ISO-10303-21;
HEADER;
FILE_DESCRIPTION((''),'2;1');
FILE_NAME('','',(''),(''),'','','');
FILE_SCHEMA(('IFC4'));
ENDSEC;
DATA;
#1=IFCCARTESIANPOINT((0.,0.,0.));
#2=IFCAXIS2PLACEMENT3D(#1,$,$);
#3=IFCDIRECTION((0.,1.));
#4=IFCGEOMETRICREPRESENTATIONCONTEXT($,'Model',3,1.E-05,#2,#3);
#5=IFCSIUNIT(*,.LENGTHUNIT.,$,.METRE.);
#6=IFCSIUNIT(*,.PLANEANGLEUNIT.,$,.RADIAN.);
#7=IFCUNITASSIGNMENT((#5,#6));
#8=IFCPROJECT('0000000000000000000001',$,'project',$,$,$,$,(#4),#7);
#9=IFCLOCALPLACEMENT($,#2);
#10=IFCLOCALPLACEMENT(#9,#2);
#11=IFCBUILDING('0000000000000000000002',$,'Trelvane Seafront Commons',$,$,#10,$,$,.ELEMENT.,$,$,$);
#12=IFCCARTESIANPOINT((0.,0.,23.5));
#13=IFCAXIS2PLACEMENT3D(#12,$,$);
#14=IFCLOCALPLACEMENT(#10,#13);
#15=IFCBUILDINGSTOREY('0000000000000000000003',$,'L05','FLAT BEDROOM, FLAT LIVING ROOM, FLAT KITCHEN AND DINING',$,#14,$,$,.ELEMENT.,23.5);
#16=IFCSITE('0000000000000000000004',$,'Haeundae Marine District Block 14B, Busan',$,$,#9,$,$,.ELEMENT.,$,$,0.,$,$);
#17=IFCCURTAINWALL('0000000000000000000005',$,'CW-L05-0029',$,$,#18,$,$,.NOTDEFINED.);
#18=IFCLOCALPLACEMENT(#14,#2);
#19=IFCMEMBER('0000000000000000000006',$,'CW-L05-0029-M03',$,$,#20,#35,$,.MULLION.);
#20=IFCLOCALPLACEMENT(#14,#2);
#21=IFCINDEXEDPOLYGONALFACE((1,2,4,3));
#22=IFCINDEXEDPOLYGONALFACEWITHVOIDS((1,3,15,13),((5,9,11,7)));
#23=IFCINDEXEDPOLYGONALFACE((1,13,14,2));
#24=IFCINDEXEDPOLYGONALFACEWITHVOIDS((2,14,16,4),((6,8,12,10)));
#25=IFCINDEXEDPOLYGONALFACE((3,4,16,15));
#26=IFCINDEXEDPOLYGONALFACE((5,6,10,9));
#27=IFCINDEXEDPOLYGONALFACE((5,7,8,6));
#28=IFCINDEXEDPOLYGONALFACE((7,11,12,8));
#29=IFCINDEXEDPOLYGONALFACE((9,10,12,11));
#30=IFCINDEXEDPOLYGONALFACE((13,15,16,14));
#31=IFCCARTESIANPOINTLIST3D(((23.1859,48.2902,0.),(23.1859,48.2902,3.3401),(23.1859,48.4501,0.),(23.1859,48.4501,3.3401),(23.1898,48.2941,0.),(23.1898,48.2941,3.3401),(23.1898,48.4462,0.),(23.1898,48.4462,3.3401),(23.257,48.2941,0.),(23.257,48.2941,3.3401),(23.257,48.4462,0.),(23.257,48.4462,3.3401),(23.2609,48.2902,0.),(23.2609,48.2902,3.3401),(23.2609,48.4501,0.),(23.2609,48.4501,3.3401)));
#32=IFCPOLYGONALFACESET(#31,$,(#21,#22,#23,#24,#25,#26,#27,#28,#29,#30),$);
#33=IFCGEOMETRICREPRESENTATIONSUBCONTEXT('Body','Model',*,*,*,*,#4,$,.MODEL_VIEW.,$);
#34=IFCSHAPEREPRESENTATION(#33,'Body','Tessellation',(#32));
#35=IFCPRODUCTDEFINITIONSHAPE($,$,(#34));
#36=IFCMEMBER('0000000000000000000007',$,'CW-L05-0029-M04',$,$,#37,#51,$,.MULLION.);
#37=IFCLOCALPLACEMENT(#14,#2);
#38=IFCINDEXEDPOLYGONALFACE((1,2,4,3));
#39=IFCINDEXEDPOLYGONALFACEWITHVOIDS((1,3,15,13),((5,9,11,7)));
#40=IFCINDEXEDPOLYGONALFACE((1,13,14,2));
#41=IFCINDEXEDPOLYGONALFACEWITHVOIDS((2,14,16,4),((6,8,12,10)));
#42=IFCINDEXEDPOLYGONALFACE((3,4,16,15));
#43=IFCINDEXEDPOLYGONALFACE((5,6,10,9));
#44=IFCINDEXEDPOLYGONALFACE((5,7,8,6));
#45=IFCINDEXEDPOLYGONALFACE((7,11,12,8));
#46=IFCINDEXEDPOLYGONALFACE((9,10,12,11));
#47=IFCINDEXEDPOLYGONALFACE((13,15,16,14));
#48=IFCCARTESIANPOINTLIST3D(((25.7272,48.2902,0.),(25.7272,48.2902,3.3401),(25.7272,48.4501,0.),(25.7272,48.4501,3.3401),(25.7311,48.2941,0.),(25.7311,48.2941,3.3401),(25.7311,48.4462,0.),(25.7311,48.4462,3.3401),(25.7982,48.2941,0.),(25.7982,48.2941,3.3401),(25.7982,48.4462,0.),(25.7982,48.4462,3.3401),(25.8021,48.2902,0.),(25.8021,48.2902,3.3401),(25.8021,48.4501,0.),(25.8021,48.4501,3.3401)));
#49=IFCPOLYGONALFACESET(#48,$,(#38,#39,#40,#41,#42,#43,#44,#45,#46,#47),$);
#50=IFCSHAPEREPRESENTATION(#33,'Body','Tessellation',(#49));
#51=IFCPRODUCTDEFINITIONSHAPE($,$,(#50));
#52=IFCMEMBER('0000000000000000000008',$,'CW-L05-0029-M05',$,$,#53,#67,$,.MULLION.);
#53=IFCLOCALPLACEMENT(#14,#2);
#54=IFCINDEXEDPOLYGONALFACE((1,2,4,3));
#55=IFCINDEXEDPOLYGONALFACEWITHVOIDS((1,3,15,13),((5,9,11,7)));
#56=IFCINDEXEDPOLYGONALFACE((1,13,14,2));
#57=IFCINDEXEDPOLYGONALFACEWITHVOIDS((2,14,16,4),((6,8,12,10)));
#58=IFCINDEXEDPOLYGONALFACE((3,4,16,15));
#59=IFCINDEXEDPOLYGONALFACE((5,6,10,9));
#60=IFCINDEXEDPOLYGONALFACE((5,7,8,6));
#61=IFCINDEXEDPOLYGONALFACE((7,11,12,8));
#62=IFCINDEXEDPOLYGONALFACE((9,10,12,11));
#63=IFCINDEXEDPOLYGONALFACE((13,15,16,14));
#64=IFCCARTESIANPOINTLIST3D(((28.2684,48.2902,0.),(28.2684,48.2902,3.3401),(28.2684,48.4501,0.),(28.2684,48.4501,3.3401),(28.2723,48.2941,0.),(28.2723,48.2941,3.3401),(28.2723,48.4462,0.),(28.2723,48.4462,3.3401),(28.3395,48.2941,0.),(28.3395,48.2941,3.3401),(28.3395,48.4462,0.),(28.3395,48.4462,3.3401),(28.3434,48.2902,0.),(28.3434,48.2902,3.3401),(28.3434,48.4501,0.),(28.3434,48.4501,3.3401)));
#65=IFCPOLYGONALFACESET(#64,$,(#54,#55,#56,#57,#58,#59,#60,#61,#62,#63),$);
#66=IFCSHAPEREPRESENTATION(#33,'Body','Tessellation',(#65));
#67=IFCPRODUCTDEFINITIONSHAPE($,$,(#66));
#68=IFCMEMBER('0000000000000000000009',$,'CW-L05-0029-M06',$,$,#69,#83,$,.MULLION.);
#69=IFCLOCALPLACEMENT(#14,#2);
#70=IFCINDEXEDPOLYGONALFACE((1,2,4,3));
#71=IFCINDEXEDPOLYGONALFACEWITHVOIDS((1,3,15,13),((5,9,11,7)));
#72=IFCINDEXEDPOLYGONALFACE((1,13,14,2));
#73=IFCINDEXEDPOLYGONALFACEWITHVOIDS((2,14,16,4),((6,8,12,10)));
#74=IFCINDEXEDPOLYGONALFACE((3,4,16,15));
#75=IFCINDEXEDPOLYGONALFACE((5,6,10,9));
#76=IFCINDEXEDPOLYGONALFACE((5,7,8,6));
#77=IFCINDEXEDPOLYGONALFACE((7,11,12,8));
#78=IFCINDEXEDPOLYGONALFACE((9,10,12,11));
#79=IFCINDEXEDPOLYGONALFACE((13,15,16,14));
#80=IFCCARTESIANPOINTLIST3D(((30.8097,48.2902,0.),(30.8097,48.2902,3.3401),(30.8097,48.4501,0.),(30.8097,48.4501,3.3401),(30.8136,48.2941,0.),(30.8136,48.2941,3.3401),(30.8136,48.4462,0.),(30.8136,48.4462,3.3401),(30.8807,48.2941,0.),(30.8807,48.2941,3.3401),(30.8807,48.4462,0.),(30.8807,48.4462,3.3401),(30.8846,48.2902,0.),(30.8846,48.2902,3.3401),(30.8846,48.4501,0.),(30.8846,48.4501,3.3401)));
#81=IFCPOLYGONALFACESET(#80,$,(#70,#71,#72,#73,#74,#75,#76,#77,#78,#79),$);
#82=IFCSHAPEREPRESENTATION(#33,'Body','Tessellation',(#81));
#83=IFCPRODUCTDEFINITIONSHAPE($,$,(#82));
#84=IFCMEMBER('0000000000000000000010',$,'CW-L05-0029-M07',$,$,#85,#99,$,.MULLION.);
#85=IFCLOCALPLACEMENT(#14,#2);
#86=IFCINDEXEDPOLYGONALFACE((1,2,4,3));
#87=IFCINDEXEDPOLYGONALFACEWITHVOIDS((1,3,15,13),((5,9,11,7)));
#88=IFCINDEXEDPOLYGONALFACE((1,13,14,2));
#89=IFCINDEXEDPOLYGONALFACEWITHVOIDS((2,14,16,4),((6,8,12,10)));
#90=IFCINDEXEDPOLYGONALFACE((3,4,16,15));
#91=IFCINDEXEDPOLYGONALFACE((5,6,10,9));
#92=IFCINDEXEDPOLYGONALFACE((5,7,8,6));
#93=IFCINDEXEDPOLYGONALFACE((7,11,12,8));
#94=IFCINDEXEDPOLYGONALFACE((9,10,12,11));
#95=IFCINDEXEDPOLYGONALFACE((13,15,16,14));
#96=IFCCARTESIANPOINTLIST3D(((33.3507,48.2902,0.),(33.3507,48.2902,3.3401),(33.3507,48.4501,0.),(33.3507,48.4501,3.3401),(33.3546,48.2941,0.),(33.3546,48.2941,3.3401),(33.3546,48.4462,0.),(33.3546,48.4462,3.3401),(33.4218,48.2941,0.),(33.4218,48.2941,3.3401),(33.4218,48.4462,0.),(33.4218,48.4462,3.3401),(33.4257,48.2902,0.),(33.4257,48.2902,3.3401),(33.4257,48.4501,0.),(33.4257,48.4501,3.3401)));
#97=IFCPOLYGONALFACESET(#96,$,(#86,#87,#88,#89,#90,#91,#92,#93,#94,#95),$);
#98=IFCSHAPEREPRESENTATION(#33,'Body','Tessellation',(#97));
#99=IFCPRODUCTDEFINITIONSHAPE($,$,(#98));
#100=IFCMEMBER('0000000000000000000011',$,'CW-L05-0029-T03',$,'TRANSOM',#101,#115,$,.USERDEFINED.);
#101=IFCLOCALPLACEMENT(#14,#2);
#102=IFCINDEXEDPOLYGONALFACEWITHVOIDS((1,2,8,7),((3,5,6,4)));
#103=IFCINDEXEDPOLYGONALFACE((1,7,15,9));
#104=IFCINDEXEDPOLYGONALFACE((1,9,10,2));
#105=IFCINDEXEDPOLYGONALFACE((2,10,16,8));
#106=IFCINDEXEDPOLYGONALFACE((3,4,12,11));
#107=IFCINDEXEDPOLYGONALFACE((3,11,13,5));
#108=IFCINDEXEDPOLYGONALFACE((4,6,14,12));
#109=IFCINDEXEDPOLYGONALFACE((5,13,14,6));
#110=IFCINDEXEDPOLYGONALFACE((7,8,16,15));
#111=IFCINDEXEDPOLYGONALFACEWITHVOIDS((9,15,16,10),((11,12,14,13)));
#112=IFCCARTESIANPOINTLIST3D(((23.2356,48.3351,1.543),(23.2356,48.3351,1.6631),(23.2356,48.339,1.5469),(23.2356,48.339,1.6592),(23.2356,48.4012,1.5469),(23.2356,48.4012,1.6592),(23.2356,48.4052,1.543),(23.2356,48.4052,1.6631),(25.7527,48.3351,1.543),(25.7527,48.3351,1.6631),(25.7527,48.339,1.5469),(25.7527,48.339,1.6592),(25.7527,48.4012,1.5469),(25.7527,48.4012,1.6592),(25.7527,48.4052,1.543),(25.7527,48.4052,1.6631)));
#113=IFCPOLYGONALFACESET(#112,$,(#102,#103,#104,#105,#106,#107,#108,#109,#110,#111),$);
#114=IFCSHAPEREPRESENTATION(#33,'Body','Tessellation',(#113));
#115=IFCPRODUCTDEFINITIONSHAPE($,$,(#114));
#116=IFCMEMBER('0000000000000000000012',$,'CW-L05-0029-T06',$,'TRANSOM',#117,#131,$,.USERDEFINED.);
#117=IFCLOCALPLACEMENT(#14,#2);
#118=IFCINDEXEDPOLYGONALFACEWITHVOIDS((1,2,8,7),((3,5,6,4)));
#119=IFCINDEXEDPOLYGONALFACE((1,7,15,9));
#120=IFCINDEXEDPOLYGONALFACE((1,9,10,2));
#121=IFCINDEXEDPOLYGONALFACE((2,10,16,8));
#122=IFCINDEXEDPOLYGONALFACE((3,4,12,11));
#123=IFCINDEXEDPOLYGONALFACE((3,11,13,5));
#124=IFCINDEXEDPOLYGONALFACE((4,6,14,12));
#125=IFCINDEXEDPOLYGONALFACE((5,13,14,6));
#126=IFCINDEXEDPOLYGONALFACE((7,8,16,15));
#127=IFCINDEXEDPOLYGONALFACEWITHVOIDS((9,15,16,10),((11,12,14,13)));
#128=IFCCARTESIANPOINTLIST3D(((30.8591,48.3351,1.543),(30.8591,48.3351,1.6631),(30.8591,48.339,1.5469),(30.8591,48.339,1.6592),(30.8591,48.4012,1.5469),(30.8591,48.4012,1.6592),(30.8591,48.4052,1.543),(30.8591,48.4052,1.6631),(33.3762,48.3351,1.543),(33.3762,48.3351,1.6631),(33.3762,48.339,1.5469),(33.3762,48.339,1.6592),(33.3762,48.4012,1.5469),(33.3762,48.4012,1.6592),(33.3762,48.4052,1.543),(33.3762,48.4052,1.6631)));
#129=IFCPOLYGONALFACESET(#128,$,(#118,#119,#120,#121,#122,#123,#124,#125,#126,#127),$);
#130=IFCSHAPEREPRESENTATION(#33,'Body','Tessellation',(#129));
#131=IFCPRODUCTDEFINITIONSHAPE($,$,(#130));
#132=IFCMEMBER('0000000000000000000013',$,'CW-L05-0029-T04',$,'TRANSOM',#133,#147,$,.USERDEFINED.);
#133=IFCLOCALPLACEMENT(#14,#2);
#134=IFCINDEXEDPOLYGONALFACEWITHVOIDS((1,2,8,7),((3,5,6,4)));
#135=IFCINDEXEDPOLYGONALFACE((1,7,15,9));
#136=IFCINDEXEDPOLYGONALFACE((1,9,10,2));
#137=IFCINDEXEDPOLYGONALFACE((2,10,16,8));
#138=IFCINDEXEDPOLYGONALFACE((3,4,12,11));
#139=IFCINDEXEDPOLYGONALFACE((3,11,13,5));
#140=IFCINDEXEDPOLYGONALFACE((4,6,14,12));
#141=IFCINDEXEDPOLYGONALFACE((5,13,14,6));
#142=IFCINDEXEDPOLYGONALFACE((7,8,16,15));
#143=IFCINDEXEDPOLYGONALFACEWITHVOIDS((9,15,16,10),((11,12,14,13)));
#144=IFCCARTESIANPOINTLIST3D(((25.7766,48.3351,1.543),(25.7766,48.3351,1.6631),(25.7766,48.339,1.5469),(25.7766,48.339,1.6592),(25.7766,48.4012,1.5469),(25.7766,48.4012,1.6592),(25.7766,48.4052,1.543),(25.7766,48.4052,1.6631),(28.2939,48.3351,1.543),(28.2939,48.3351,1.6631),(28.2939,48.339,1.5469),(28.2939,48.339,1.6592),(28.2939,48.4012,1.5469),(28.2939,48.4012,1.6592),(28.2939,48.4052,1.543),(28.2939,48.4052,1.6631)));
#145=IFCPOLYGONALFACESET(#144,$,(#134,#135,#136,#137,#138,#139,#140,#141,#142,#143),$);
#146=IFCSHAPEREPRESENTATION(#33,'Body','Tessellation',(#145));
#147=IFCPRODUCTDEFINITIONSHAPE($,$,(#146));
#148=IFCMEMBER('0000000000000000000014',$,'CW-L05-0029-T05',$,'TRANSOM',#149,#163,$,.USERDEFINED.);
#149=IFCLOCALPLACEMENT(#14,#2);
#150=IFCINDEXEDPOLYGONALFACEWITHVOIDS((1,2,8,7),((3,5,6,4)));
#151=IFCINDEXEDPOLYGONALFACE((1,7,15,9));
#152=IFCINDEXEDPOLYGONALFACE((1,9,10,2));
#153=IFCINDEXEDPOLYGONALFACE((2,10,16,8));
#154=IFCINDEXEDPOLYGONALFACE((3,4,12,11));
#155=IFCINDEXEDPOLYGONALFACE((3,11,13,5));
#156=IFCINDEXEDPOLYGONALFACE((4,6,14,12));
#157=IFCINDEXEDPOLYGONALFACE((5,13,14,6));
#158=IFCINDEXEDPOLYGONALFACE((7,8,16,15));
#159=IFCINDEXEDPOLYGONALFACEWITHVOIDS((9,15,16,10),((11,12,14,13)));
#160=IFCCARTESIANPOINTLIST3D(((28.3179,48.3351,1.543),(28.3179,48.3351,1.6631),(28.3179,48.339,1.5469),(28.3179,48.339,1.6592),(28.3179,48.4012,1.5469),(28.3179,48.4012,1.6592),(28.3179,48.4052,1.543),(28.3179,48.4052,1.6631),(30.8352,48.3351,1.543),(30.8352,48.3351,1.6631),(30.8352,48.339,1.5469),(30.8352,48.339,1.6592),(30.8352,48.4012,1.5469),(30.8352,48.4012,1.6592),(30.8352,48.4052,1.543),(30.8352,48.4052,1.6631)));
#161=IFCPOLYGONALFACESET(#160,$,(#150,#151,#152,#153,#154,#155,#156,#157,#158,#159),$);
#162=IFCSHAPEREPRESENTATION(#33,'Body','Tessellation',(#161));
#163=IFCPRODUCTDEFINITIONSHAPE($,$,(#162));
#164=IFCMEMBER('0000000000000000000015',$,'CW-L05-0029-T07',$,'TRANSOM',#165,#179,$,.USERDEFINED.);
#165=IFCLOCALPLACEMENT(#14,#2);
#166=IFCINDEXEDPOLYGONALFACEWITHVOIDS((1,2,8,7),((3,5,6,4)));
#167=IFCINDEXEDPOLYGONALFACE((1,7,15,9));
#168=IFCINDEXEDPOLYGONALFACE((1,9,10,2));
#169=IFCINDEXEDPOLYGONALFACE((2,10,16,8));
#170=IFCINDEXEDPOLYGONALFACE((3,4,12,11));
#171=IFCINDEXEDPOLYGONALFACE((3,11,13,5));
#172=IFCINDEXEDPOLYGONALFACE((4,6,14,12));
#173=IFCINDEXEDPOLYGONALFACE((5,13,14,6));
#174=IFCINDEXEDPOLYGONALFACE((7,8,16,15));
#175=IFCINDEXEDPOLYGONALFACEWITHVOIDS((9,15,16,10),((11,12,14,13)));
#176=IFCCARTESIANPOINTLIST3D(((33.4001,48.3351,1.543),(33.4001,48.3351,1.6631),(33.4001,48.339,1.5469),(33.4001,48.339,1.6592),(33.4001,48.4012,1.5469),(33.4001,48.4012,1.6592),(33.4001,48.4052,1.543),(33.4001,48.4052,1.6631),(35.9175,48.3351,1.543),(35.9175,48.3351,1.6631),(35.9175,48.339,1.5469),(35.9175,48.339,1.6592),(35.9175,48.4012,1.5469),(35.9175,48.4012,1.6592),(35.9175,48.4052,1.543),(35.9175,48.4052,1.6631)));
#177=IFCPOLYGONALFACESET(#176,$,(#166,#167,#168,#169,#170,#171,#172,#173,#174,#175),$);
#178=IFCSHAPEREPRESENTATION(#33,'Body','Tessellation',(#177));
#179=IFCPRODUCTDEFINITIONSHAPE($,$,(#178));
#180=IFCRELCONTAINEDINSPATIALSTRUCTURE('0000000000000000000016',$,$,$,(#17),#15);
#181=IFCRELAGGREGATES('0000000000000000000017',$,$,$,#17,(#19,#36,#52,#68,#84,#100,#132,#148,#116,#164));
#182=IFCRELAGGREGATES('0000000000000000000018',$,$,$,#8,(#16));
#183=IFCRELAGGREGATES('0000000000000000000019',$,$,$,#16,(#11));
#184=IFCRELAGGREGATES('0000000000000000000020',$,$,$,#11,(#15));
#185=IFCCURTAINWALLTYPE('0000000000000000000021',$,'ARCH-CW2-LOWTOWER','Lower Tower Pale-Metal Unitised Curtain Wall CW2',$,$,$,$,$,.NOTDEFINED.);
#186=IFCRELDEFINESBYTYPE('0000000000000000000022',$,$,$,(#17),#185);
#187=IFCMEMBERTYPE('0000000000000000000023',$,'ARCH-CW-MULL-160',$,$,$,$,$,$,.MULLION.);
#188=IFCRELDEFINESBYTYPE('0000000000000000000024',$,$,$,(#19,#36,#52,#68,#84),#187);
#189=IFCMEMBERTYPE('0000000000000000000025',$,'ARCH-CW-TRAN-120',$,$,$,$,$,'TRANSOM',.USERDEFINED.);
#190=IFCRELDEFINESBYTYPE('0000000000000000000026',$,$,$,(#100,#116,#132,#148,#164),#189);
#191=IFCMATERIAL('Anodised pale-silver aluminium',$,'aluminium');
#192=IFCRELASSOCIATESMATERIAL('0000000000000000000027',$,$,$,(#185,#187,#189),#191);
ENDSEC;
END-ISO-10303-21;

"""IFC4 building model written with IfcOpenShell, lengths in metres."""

from ifc_helpers import new_model, si_unit, direction, frame, origin, origin_2d, place, context, subcontext, project, spatial, hollow_rectangle, extrude, source, transform, mapped, material, material_profile, profile_set, type_object, element, aggregate, save


model = new_model("IFC4")

# Units and contexts
model_context = context("Model", 3, precision=1e-05, world=origin(), true_north=direction((0.0, 1.0)))
body_context = subcontext(model_context, "Body", "Model", "MODEL_VIEW")
ifc_project = project(units=[si_unit("LENGTHUNIT", "METRE"), si_unit("PLANEANGLEUNIT", "RADIAN")], contexts=[model_context])

# Site, building, storey
site_placement = place(None, origin())
site = spatial("IfcSite", under=ifc_project, at=site_placement, Name="Haeundae Marine District Block 14B, Busan", CompositionType="ELEMENT", RefElevation=0.0)
building_placement = place(site_placement, origin())
building = spatial("IfcBuilding", under=site, at=building_placement, Name="Trelvane Seafront Commons", CompositionType="ELEMENT")
storey_placement = place(building_placement, frame((0.0, 0.0, 23.5)))
storey = spatial("IfcBuildingStorey", under=building, at=storey_placement, Name="L05", Description="FLAT BEDROOM, FLAT LIVING ROOM, FLAT KITCHEN AND DINING", CompositionType="ELEMENT", Elevation=23.5)

# Curtain wall, members
ifc_material_1 = material(Name="Anodised pale-silver aluminium", Category="aluminium")
curtain_wall_type = type_object("IfcCurtainWallType", Name="ARCH-CW2-LOWTOWER", Description="Lower Tower Pale-Metal Unitised Curtain Wall CW2", PredefinedType="NOTDEFINED", material=ifc_material_1)
curtain_wall_placement = place(storey_placement, origin())
curtain_wall = element("IfcCurtainWall", 1, at=curtain_wall_placement, inside=storey, type_object=curtain_wall_type, Name="CW-L05-0029", PredefinedType="NOTDEFINED")
ifc_material_profile_1 = material_profile(ifc_material_1, hollow_rectangle(XDim=0.075, YDim=0.1599, WallThickness=0.0039, at=origin_2d()), Name="MULL-75x160x4")
ifc_profile_set_1 = profile_set([ifc_material_profile_1], Name="Anodised pale-silver aluminium")
member_type_1 = type_object("IfcMemberType", Name="ARCH-CW-MULL-160", PredefinedType="MULLION", material=ifc_profile_set_1)
shared_shape_1 = source(origin(), body_context, "Body", "SweptSolid", [
    extrude(hollow_rectangle(XDim=0.075, YDim=0.1599, WallThickness=0.0039, at=origin_2d()), origin(), (0.0, 0.0, 1.0), 3.3401),
])
member_1_placement = place(storey_placement, frame((23.2234, 48.3701, 0.0), z_axis=(0.0, 0.0, 1.0), x_axis=(1.0, 0.0, 0.0)))
member_1 = element("IfcMember", 2, at=member_1_placement, type_object=member_type_1, Name="CW-L05-0029-M03", PredefinedType="MULLION", context=body_context, shape_type="MappedRepresentation", body=[
    mapped(shared_shape_1, transform((0.0, 0.0, 0.0), x_axis=(1.0, 0.0, 0.0), y_axis=(0.0, 1.0, 0.0), z_axis=(0.0, 0.0, 1.0), scale=1.0)),
])
member_2_placement = place(storey_placement, frame((25.7646, 48.3701, 0.0), z_axis=(0.0, 0.0, 1.0), x_axis=(1.0, 0.0, 0.0)))
member_2 = element("IfcMember", 3, at=member_2_placement, type_object=member_type_1, Name="CW-L05-0029-M04", PredefinedType="MULLION", context=body_context, shape_type="MappedRepresentation", body=[
    mapped(shared_shape_1, transform((0.0, 0.0, 0.0), x_axis=(1.0, 0.0, 0.0), y_axis=(0.0, 1.0, 0.0), z_axis=(0.0, 0.0, 1.0), scale=1.0)),
])
member_3_placement = place(storey_placement, frame((28.3059, 48.3701, 0.0), z_axis=(0.0, 0.0, 1.0), x_axis=(1.0, 0.0, 0.0)))
member_3 = element("IfcMember", 4, at=member_3_placement, type_object=member_type_1, Name="CW-L05-0029-M05", PredefinedType="MULLION", context=body_context, shape_type="MappedRepresentation", body=[
    mapped(shared_shape_1, transform((0.0, 0.0, 0.0), x_axis=(1.0, 0.0, 0.0), y_axis=(0.0, 1.0, 0.0), z_axis=(0.0, 0.0, 1.0), scale=1.0)),
])
member_4_placement = place(storey_placement, frame((30.8472, 48.3701, 0.0), z_axis=(0.0, 0.0, 1.0), x_axis=(1.0, 0.0, 0.0)))
member_4 = element("IfcMember", 5, at=member_4_placement, type_object=member_type_1, Name="CW-L05-0029-M06", PredefinedType="MULLION", context=body_context, shape_type="MappedRepresentation", body=[
    mapped(shared_shape_1, transform((0.0, 0.0, 0.0), x_axis=(1.0, 0.0, 0.0), y_axis=(0.0, 1.0, 0.0), z_axis=(0.0, 0.0, 1.0), scale=1.0)),
])
member_5_placement = place(storey_placement, frame((33.3882, 48.3701, 0.0), z_axis=(0.0, 0.0, 1.0), x_axis=(1.0, 0.0, 0.0)))
member_5 = element("IfcMember", 6, at=member_5_placement, type_object=member_type_1, Name="CW-L05-0029-M07", PredefinedType="MULLION", context=body_context, shape_type="MappedRepresentation", body=[
    mapped(shared_shape_1, transform((0.0, 0.0, 0.0), x_axis=(1.0, 0.0, 0.0), y_axis=(0.0, 1.0, 0.0), z_axis=(0.0, 0.0, 1.0), scale=1.0)),
])
ifc_material_profile_2 = material_profile(ifc_material_1, hollow_rectangle(XDim=0.0701, YDim=0.1201, WallThickness=0.0039, at=origin_2d()), Name="TRAN-70x120x4")
ifc_profile_set_2 = profile_set([ifc_material_profile_2], Name="Anodised pale-silver aluminium")
member_type_2 = type_object("IfcMemberType", Name="ARCH-CW-TRAN-120", ElementType="TRANSOM", PredefinedType="USERDEFINED", material=ifc_profile_set_2)
shared_shape_2 = source(origin(), body_context, "Body", "SweptSolid", [
    extrude(hollow_rectangle(XDim=0.0701, YDim=0.1201, WallThickness=0.0039, at=origin_2d()), origin(), (0.0, 0.0, 1.0), 2.5171),
])
member_6_placement = place(storey_placement, frame((23.2356, 48.3701, 1.603), z_axis=(1.0, 0.0, 0.0), x_axis=(0.0, 1.0, 0.0)))
member_6 = element("IfcMember", 7, at=member_6_placement, type_object=member_type_2, Name="CW-L05-0029-T03", ObjectType="TRANSOM", PredefinedType="USERDEFINED", context=body_context, shape_type="MappedRepresentation", body=[
    mapped(shared_shape_2, transform((0.0, 0.0, 0.0), x_axis=(1.0, 0.0, 0.0), y_axis=(0.0, 1.0, 0.0), z_axis=(0.0, 0.0, 1.0), scale=1.0)),
])
member_7_placement = place(storey_placement, frame((30.8591, 48.3701, 1.603), z_axis=(1.0, 0.0, 0.0), x_axis=(0.0, 1.0, 0.0)))
member_7 = element("IfcMember", 8, at=member_7_placement, type_object=member_type_2, Name="CW-L05-0029-T06", ObjectType="TRANSOM", PredefinedType="USERDEFINED", context=body_context, shape_type="MappedRepresentation", body=[
    mapped(shared_shape_2, transform((0.0, 0.0, 0.0), x_axis=(1.0, 0.0, 0.0), y_axis=(0.0, 1.0, 0.0), z_axis=(0.0, 0.0, 1.0), scale=1.0)),
])
shared_shape_3 = source(origin(), body_context, "Body", "SweptSolid", [
    extrude(hollow_rectangle(XDim=0.0701, YDim=0.1201, WallThickness=0.0039, at=origin_2d()), origin(), (0.0, 0.0, 1.0), 2.5173),
])
member_8_placement = place(storey_placement, frame((25.7766, 48.3701, 1.603), z_axis=(1.0, 0.0, 0.0), x_axis=(0.0, 1.0, 0.0)))
member_8 = element("IfcMember", 9, at=member_8_placement, type_object=member_type_2, Name="CW-L05-0029-T04", ObjectType="TRANSOM", PredefinedType="USERDEFINED", context=body_context, shape_type="MappedRepresentation", body=[
    mapped(shared_shape_3, transform((0.0, 0.0, 0.0), x_axis=(1.0, 0.0, 0.0), y_axis=(0.0, 1.0, 0.0), z_axis=(0.0, 0.0, 1.0), scale=1.0)),
])
member_9_placement = place(storey_placement, frame((28.3179, 48.3701, 1.603), z_axis=(1.0, 0.0, 0.0), x_axis=(0.0, 1.0, 0.0)))
member_9 = element("IfcMember", 10, at=member_9_placement, type_object=member_type_2, Name="CW-L05-0029-T05", ObjectType="TRANSOM", PredefinedType="USERDEFINED", context=body_context, shape_type="MappedRepresentation", body=[
    mapped(shared_shape_3, transform((0.0, 0.0, 0.0), x_axis=(1.0, 0.0, 0.0), y_axis=(0.0, 1.0, 0.0), z_axis=(0.0, 0.0, 1.0), scale=1.0)),
])
member_10_placement = place(storey_placement, frame((33.4001, 48.3701, 1.603), z_axis=(1.0, 0.0, 0.0), x_axis=(0.0, 1.0, 0.0)))
member_10 = element("IfcMember", 11, at=member_10_placement, type_object=member_type_2, Name="CW-L05-0029-T07", ObjectType="TRANSOM", PredefinedType="USERDEFINED", context=body_context, shape_type="MappedRepresentation", body=[
    mapped(shared_shape_3, transform((0.0, 0.0, 0.0), x_axis=(1.0, 0.0, 0.0), y_axis=(0.0, 1.0, 0.0), z_axis=(0.0, 0.0, 1.0), scale=1.0)),
])
aggregate(curtain_wall, [member_1, member_2, member_3, member_4, member_5, member_6, member_8, member_9, member_7, member_10])

save(model, "model.ifc")
